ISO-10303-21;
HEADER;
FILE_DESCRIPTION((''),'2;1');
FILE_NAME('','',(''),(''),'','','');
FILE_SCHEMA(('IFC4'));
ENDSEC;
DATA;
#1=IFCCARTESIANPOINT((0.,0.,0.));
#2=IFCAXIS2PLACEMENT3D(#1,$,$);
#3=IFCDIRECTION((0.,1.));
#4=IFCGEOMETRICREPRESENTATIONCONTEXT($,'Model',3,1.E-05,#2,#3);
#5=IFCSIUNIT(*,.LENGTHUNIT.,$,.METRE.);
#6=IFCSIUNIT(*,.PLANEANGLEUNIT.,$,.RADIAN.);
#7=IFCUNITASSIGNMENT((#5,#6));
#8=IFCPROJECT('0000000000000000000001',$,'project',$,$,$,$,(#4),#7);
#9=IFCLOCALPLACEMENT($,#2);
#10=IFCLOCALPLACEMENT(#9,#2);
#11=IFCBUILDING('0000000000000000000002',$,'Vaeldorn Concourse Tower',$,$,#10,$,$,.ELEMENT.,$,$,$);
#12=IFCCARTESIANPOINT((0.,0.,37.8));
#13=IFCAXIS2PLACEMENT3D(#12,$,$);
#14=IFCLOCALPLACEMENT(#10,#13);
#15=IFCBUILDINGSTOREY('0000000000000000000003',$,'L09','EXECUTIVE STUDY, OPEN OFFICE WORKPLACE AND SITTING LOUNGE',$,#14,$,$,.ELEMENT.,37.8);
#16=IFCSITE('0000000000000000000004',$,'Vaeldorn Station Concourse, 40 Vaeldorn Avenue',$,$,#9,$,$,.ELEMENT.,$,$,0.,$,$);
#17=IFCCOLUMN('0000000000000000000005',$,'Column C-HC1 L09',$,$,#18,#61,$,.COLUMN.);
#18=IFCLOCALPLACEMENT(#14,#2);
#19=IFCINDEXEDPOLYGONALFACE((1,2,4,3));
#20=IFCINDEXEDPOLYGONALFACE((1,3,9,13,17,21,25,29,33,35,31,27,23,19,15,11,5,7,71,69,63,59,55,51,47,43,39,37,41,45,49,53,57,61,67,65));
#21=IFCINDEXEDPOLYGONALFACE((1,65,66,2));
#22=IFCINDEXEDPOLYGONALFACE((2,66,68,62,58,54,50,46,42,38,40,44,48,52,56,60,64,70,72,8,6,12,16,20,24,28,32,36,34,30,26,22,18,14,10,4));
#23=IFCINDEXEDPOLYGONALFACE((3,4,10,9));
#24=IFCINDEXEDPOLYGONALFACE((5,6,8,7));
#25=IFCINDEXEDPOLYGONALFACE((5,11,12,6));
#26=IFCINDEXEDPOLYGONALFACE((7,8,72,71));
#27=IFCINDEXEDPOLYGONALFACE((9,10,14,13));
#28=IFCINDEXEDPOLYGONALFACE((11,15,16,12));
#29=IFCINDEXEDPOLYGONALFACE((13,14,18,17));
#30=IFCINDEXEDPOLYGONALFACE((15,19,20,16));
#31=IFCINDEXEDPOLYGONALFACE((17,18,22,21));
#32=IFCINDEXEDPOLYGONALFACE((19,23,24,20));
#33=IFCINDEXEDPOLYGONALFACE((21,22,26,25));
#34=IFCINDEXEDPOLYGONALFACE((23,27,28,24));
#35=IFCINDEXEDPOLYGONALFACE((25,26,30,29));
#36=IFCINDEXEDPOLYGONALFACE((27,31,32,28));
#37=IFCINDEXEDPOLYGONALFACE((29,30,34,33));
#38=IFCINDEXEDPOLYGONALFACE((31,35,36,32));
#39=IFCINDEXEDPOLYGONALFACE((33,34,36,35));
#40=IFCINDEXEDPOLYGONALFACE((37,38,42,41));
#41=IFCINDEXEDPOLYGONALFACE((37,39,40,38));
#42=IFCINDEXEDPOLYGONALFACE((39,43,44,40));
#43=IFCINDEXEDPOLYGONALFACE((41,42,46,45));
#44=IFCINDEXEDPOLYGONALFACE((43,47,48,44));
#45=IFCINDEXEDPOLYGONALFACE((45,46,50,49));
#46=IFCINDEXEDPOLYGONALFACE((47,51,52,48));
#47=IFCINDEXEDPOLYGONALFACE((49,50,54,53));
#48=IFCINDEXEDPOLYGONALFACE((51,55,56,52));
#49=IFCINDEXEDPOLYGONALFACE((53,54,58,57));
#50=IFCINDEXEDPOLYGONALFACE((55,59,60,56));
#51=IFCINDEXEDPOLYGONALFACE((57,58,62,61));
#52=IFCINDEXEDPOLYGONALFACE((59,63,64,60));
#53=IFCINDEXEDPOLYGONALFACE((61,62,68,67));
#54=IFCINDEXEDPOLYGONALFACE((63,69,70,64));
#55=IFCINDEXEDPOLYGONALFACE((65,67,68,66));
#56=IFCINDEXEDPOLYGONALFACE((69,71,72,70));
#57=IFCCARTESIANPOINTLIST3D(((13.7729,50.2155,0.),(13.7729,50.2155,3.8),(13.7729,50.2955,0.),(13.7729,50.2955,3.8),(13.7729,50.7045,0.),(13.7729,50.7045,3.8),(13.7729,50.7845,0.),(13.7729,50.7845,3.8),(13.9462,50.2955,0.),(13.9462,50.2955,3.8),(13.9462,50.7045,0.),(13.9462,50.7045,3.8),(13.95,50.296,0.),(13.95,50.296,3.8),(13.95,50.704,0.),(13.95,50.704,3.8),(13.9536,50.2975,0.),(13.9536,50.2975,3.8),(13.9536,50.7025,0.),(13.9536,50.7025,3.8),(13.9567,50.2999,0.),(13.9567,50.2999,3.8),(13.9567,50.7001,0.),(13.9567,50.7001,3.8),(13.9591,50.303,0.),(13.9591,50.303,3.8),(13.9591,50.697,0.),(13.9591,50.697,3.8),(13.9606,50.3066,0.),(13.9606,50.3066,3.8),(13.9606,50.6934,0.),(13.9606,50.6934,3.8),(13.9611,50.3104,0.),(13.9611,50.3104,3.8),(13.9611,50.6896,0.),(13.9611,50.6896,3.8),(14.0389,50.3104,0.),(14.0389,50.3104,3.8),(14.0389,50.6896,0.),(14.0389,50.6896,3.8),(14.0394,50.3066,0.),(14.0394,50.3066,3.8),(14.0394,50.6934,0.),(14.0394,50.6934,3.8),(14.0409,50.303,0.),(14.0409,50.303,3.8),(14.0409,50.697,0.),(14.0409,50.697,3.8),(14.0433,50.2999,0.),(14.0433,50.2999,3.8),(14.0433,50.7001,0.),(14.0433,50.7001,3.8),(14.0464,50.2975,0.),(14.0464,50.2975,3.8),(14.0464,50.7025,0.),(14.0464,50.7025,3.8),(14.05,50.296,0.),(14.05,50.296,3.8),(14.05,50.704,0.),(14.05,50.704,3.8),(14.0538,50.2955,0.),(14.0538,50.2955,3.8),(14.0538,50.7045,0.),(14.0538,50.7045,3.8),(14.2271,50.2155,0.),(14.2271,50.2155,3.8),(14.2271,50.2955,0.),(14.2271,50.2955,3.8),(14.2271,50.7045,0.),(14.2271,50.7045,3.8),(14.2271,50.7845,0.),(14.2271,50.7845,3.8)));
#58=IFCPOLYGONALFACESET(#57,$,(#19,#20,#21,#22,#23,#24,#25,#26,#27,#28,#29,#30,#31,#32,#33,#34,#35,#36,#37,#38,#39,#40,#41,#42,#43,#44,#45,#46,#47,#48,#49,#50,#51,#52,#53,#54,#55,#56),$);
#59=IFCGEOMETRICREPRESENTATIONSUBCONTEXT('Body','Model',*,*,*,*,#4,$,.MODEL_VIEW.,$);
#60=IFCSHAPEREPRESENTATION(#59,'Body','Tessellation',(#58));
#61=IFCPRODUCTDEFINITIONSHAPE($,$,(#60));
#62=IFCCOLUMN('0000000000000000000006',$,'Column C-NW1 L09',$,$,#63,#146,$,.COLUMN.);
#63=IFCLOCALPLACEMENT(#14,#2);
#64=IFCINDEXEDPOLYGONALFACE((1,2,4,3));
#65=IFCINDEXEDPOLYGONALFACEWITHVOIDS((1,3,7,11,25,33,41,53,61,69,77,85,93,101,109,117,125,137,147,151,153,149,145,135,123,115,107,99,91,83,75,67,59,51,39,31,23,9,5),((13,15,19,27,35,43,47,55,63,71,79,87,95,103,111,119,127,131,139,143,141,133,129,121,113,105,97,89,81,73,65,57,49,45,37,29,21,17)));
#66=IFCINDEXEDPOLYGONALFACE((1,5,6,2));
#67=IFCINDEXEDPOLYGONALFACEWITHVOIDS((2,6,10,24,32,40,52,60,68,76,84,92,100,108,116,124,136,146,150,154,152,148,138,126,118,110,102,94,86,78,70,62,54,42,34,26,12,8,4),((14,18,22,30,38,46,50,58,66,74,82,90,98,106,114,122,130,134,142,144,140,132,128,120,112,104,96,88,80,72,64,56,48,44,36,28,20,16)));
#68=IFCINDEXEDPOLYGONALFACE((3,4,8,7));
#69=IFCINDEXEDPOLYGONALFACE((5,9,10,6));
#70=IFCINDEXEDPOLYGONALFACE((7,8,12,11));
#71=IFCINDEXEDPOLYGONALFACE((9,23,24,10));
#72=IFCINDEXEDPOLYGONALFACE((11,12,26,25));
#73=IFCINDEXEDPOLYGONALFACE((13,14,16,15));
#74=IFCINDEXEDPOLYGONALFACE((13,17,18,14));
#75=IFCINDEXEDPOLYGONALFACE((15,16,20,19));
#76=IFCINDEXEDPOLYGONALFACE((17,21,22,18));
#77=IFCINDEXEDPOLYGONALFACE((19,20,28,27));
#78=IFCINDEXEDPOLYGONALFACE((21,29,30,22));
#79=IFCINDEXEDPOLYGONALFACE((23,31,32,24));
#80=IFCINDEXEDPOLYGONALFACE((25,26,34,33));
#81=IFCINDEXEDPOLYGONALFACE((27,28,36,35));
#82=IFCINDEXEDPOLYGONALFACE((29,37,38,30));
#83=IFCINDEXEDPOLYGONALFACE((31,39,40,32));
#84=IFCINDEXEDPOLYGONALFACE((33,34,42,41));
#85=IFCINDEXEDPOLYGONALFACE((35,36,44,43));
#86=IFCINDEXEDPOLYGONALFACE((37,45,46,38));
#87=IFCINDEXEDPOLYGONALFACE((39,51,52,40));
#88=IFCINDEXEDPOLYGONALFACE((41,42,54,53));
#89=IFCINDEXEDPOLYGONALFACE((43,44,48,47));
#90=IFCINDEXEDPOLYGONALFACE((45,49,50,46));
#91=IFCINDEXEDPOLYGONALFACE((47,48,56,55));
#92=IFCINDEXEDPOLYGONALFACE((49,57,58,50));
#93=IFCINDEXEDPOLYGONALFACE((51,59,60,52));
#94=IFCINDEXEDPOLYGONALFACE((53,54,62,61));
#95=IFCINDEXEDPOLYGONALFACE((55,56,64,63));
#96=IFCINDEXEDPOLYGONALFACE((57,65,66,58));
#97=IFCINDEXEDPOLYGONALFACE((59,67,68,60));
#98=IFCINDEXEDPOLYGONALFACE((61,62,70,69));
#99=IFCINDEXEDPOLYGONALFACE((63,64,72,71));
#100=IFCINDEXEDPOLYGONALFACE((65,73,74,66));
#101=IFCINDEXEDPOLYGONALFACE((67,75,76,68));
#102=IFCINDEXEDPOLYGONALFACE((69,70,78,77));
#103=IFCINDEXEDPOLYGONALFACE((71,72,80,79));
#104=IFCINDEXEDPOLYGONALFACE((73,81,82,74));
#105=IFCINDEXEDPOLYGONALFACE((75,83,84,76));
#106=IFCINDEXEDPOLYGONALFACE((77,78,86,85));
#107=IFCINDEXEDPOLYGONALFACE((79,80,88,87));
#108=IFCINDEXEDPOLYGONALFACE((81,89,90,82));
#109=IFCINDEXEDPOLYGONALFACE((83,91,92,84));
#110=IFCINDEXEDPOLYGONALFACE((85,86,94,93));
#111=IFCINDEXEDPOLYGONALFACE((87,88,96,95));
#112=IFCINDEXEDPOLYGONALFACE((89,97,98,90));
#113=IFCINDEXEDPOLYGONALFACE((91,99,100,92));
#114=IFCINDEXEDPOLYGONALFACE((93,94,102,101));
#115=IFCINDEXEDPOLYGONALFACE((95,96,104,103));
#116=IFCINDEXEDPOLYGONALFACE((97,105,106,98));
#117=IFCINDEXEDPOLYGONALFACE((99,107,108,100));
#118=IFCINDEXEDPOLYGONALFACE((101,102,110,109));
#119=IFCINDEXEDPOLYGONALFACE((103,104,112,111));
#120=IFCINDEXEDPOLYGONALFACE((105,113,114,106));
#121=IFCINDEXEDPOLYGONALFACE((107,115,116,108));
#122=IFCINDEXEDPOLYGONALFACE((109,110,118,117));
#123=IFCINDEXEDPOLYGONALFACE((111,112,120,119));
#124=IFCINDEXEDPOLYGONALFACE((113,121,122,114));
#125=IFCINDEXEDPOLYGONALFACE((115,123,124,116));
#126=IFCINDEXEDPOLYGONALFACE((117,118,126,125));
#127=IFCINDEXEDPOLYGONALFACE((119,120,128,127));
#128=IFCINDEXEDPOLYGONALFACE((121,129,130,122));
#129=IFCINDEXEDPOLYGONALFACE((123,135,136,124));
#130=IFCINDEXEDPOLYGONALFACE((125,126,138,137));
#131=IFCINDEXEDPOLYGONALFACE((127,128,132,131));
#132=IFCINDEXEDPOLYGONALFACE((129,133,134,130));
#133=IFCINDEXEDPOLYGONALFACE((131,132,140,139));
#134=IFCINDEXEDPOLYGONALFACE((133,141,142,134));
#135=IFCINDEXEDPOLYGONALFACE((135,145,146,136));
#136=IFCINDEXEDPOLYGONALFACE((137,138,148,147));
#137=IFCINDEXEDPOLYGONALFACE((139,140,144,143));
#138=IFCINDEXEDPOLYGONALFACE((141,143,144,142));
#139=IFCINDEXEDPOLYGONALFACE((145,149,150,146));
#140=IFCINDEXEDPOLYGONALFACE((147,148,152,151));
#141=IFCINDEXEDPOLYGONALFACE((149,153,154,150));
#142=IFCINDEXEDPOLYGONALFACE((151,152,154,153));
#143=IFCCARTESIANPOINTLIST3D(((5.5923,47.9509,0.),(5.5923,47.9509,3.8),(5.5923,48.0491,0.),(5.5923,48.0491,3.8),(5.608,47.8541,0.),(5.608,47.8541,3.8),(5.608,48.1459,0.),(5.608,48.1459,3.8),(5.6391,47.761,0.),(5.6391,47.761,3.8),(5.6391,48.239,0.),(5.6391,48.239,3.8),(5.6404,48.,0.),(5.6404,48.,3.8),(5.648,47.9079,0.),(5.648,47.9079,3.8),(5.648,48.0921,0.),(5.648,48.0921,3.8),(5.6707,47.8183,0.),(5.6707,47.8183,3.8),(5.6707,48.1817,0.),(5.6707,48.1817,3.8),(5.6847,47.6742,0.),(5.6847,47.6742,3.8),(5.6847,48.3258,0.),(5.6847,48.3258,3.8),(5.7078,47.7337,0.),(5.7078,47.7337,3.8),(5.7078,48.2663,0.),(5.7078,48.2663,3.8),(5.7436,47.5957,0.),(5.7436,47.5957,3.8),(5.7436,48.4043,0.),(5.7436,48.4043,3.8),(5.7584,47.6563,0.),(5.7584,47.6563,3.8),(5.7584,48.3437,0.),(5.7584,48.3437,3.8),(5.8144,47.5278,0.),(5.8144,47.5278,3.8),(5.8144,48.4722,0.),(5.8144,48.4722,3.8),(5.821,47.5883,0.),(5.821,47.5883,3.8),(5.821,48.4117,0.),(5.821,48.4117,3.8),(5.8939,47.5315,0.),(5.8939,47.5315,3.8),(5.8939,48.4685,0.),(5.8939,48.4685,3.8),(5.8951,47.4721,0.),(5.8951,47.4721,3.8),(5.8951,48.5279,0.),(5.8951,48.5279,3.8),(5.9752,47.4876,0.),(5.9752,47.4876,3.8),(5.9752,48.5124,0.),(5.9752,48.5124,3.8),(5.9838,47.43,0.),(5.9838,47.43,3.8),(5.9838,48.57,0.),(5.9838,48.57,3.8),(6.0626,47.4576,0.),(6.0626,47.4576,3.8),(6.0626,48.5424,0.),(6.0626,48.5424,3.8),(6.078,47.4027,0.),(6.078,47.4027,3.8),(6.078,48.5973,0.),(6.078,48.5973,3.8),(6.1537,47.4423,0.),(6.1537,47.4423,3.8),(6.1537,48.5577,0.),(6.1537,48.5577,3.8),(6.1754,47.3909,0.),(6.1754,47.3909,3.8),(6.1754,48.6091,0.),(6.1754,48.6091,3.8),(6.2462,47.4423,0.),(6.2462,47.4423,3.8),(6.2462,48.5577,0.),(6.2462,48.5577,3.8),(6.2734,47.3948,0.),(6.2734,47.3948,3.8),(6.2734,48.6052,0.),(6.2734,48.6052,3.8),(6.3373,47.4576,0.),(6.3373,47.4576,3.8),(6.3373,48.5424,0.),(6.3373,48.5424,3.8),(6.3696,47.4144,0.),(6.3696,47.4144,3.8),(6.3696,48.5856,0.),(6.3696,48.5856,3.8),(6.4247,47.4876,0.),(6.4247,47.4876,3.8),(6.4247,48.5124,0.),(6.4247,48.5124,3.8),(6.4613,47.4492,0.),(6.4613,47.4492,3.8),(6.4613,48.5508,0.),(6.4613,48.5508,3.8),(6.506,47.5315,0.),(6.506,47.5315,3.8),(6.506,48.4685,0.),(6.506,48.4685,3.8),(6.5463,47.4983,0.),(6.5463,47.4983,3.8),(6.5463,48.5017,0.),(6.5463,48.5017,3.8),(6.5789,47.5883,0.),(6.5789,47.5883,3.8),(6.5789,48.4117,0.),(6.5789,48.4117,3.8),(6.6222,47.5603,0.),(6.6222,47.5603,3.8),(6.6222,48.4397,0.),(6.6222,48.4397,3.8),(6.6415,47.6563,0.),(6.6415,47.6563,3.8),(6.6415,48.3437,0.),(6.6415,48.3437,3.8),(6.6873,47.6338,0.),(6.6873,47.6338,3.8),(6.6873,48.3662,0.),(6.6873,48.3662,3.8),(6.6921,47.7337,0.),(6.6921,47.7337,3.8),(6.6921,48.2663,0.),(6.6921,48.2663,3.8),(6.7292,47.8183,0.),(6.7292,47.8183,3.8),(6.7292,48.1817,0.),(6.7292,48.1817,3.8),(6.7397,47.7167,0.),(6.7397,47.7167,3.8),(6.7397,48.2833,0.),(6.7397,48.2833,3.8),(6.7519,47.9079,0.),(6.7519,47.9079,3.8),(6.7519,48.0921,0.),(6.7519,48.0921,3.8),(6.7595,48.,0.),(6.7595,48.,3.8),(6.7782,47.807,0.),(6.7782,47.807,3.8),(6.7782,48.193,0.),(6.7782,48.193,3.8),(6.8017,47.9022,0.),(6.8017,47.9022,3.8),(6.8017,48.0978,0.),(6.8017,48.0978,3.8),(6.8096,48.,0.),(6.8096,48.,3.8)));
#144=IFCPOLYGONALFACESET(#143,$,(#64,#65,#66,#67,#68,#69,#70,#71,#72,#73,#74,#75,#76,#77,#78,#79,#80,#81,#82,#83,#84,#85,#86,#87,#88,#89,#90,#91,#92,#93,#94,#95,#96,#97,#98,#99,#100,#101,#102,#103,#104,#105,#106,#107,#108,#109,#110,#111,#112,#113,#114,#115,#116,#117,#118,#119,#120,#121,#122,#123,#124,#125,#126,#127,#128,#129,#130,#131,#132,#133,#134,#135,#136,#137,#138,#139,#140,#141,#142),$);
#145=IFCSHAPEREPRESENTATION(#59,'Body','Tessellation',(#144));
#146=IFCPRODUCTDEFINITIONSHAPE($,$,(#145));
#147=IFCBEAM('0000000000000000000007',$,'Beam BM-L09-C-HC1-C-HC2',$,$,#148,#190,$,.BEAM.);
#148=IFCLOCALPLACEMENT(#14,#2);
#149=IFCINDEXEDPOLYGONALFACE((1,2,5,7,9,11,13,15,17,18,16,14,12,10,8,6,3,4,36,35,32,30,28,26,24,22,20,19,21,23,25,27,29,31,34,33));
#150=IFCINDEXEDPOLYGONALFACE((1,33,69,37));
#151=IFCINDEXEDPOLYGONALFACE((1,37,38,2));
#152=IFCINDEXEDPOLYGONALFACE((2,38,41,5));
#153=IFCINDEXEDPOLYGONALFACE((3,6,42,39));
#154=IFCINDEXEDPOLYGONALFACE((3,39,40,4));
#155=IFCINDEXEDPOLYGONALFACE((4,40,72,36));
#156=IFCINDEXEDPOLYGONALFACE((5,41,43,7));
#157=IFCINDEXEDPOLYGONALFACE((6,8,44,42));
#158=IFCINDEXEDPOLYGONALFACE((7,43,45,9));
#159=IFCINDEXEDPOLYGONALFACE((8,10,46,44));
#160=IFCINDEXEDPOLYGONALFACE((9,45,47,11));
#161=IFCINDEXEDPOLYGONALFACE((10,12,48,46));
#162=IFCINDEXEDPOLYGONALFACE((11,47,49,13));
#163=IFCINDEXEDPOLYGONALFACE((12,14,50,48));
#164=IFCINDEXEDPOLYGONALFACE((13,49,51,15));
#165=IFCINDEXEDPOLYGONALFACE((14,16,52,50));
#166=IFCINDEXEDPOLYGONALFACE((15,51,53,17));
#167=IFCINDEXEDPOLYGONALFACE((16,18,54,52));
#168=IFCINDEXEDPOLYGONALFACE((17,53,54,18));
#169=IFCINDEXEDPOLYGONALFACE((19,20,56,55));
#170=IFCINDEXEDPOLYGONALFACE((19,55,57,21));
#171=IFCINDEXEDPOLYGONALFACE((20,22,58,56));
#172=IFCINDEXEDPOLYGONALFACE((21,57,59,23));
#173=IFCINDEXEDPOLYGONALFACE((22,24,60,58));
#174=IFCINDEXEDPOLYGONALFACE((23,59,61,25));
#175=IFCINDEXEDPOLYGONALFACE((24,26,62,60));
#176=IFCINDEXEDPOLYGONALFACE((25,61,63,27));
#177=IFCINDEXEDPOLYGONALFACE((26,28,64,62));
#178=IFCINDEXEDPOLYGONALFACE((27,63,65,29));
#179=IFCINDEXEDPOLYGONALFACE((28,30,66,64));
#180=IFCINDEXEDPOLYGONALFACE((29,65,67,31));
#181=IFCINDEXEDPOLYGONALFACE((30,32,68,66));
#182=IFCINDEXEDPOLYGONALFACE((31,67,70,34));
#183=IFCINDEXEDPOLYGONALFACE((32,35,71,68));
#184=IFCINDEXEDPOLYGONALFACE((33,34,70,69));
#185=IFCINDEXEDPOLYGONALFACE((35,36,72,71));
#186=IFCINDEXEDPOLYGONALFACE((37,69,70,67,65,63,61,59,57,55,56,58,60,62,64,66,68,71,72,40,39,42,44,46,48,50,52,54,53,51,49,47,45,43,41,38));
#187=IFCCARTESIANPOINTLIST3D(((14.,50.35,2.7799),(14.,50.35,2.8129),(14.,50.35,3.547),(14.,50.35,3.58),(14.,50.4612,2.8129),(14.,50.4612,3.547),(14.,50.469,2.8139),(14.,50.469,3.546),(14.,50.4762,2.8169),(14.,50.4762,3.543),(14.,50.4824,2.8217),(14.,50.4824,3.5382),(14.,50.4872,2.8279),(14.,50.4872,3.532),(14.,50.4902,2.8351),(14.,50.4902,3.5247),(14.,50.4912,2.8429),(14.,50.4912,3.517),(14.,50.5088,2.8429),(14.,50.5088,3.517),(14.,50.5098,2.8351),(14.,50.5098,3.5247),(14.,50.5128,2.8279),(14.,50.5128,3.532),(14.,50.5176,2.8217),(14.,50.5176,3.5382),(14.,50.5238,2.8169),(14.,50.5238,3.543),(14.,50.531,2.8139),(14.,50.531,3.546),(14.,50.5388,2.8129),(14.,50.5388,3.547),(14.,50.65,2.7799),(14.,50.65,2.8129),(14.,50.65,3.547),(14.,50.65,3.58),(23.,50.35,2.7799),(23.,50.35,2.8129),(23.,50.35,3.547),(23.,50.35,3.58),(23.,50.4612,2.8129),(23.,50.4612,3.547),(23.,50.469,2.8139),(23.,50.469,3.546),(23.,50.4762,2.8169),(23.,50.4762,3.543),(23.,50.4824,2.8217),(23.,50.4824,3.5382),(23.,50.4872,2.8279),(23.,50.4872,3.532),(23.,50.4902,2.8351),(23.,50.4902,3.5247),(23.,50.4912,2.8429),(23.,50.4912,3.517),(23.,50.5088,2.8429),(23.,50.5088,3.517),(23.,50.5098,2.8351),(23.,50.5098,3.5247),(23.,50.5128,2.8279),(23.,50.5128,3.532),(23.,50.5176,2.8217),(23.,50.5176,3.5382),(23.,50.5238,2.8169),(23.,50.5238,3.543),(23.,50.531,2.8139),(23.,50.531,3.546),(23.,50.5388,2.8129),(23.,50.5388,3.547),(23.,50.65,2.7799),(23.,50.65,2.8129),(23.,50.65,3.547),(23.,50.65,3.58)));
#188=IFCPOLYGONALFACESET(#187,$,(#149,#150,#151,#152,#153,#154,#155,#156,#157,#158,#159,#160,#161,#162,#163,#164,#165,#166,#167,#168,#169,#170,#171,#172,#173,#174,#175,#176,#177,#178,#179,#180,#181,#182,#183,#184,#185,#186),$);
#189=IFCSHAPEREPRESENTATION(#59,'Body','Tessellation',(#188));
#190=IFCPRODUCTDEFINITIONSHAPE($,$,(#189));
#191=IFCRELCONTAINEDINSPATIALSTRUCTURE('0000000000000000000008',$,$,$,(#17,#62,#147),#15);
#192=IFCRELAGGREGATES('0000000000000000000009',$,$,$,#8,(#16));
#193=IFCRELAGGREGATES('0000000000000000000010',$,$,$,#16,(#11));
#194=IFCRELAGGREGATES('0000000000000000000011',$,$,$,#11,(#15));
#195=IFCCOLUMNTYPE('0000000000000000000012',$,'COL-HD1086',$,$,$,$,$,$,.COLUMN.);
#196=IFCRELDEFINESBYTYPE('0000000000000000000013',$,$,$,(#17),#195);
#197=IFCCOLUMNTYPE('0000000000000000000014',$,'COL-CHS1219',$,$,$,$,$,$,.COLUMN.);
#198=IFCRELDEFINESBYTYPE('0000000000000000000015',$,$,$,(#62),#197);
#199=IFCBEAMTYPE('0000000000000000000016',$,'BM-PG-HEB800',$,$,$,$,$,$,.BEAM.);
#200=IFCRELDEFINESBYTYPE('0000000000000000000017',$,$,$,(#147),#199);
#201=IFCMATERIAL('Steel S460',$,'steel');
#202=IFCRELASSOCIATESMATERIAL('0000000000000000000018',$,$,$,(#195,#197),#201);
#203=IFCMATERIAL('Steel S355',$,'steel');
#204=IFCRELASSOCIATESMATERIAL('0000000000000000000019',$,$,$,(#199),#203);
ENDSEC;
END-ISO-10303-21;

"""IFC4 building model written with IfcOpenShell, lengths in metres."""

from ifc_helpers import new_model, si_unit, direction, frame, origin, origin_2d, place, context, subcontext, project, spatial, hollow_circle, i_section, extrude, source, transform, mapped, material, material_profile, profile_set, type_object, element, save


model = new_model("IFC4")

# Units and contexts
model_context = context("Model", 3, precision=1e-05, world=origin(), true_north=direction((0.0, 1.0)))
body_context = subcontext(model_context, "Body", "Model", "MODEL_VIEW")
ifc_project = project(units=[si_unit("LENGTHUNIT", "METRE"), si_unit("PLANEANGLEUNIT", "RADIAN")], contexts=[model_context])

# Site, building, storey
site_placement = place(None, origin())
site = spatial("IfcSite", under=ifc_project, at=site_placement, Name="Vaeldorn Station Concourse, 40 Vaeldorn Avenue", CompositionType="ELEMENT", RefElevation=0.0)
building_placement = place(site_placement, origin())
building = spatial("IfcBuilding", under=site, at=building_placement, Name="Vaeldorn Concourse Tower", CompositionType="ELEMENT")
storey_placement = place(building_placement, frame((0.0, 0.0, 37.8)))
storey = spatial("IfcBuildingStorey", under=building, at=storey_placement, Name="L09", Description="EXECUTIVE STUDY, OPEN OFFICE WORKPLACE AND SITTING LOUNGE", CompositionType="ELEMENT", Elevation=37.8)

# Columns
ifc_material_1 = material(Name="Steel S460", Category="steel")
ifc_material_profile_1 = material_profile(ifc_material_1, i_section(OverallWidth=0.4541, OverallDepth=0.5691, WebThickness=0.0779, FlangeThickness=0.0801, FilletRadius=0.0149, at=origin_2d()), Name="HD 400x1086")
ifc_profile_set_1 = profile_set([ifc_material_profile_1], Name="Steel S460")
column_type_1 = type_object("IfcColumnType", Name="COL-HD1086", PredefinedType="COLUMN", material=ifc_profile_set_1)
shared_shape_1 = source(origin(), body_context, "Body", "SweptSolid", [
    extrude(i_section(OverallWidth=0.4541, OverallDepth=0.5691, WebThickness=0.0779, FlangeThickness=0.0801, FilletRadius=0.0149, at=origin_2d()), origin(), (0.0, 0.0, 1.0), 3.8),
])
column_1_placement = place(storey_placement, frame((14.0, 50.5, 0.0), z_axis=(0.0, 0.0, 1.0), x_axis=(1.0, 0.0, 0.0)))
element("IfcColumn", 1, at=column_1_placement, inside=storey, type_object=column_type_1, Name="Column C-HC1 L09", PredefinedType="COLUMN", context=body_context, shape_type="MappedRepresentation", body=[
    mapped(shared_shape_1, transform((0.0, 0.0, 0.0), scale=1.0)),
])
ifc_material_profile_2 = material_profile(ifc_material_1, hollow_circle(Radius=0.6096, WallThickness=0.05, at=origin_2d()), Name="CHS 1219x50")
ifc_profile_set_2 = profile_set([ifc_material_profile_2], Name="Steel S460")
column_type_2 = type_object("IfcColumnType", Name="COL-CHS1219", PredefinedType="COLUMN", material=ifc_profile_set_2)
shared_shape_2 = source(origin(), body_context, "Body", "SweptSolid", [
    extrude(hollow_circle(Radius=0.6096, WallThickness=0.05, at=origin_2d()), origin(), (0.0, 0.0, 1.0), 3.8),
])
column_2_placement = place(storey_placement, frame((6.2, 48.0, 0.0), z_axis=(0.0, 0.0, 1.0), x_axis=(1.0, 0.0, 0.0)))
element("IfcColumn", 2, at=column_2_placement, inside=storey, type_object=column_type_2, Name="Column C-NW1 L09", PredefinedType="COLUMN", context=body_context, shape_type="MappedRepresentation", body=[
    mapped(shared_shape_2, transform((0.0, 0.0, 0.0), scale=1.0)),
])

# Beam
ifc_material_2 = material(Name="Steel S355", Category="steel")
ifc_material_profile_3 = material_profile(ifc_material_2, i_section(OverallWidth=0.3, OverallDepth=0.8, WebThickness=0.0176, FlangeThickness=0.033, FilletRadius=0.03, at=origin_2d()), Name="HEB 800")
ifc_profile_set_3 = profile_set([ifc_material_profile_3], Name="Steel S355")
beam_type_1 = type_object("IfcBeamType", Name="BM-PG-HEB800", PredefinedType="BEAM", material=ifc_profile_set_3)
shared_shape_3 = source(origin(), body_context, "Body", "SweptSolid", [
    extrude(i_section(OverallWidth=0.3, OverallDepth=0.8, WebThickness=0.0176, FlangeThickness=0.033, FilletRadius=0.03, at=origin_2d()), origin(), (0.0, 0.0, 1.0), 9.0),
])
beam_1_placement = place(storey_placement, frame((14.0, 50.5, 3.1799), z_axis=(1.0, 0.0, 0.0), x_axis=(0.0, 1.0, 0.0)))
element("IfcBeam", 3, at=beam_1_placement, inside=storey, type_object=beam_type_1, Name="Beam BM-L09-C-HC1-C-HC2", PredefinedType="BEAM", context=body_context, shape_type="MappedRepresentation", body=[
    mapped(shared_shape_3, transform((0.0, 0.0, 0.0), scale=1.0)),
])

save(model, "model.ifc")
